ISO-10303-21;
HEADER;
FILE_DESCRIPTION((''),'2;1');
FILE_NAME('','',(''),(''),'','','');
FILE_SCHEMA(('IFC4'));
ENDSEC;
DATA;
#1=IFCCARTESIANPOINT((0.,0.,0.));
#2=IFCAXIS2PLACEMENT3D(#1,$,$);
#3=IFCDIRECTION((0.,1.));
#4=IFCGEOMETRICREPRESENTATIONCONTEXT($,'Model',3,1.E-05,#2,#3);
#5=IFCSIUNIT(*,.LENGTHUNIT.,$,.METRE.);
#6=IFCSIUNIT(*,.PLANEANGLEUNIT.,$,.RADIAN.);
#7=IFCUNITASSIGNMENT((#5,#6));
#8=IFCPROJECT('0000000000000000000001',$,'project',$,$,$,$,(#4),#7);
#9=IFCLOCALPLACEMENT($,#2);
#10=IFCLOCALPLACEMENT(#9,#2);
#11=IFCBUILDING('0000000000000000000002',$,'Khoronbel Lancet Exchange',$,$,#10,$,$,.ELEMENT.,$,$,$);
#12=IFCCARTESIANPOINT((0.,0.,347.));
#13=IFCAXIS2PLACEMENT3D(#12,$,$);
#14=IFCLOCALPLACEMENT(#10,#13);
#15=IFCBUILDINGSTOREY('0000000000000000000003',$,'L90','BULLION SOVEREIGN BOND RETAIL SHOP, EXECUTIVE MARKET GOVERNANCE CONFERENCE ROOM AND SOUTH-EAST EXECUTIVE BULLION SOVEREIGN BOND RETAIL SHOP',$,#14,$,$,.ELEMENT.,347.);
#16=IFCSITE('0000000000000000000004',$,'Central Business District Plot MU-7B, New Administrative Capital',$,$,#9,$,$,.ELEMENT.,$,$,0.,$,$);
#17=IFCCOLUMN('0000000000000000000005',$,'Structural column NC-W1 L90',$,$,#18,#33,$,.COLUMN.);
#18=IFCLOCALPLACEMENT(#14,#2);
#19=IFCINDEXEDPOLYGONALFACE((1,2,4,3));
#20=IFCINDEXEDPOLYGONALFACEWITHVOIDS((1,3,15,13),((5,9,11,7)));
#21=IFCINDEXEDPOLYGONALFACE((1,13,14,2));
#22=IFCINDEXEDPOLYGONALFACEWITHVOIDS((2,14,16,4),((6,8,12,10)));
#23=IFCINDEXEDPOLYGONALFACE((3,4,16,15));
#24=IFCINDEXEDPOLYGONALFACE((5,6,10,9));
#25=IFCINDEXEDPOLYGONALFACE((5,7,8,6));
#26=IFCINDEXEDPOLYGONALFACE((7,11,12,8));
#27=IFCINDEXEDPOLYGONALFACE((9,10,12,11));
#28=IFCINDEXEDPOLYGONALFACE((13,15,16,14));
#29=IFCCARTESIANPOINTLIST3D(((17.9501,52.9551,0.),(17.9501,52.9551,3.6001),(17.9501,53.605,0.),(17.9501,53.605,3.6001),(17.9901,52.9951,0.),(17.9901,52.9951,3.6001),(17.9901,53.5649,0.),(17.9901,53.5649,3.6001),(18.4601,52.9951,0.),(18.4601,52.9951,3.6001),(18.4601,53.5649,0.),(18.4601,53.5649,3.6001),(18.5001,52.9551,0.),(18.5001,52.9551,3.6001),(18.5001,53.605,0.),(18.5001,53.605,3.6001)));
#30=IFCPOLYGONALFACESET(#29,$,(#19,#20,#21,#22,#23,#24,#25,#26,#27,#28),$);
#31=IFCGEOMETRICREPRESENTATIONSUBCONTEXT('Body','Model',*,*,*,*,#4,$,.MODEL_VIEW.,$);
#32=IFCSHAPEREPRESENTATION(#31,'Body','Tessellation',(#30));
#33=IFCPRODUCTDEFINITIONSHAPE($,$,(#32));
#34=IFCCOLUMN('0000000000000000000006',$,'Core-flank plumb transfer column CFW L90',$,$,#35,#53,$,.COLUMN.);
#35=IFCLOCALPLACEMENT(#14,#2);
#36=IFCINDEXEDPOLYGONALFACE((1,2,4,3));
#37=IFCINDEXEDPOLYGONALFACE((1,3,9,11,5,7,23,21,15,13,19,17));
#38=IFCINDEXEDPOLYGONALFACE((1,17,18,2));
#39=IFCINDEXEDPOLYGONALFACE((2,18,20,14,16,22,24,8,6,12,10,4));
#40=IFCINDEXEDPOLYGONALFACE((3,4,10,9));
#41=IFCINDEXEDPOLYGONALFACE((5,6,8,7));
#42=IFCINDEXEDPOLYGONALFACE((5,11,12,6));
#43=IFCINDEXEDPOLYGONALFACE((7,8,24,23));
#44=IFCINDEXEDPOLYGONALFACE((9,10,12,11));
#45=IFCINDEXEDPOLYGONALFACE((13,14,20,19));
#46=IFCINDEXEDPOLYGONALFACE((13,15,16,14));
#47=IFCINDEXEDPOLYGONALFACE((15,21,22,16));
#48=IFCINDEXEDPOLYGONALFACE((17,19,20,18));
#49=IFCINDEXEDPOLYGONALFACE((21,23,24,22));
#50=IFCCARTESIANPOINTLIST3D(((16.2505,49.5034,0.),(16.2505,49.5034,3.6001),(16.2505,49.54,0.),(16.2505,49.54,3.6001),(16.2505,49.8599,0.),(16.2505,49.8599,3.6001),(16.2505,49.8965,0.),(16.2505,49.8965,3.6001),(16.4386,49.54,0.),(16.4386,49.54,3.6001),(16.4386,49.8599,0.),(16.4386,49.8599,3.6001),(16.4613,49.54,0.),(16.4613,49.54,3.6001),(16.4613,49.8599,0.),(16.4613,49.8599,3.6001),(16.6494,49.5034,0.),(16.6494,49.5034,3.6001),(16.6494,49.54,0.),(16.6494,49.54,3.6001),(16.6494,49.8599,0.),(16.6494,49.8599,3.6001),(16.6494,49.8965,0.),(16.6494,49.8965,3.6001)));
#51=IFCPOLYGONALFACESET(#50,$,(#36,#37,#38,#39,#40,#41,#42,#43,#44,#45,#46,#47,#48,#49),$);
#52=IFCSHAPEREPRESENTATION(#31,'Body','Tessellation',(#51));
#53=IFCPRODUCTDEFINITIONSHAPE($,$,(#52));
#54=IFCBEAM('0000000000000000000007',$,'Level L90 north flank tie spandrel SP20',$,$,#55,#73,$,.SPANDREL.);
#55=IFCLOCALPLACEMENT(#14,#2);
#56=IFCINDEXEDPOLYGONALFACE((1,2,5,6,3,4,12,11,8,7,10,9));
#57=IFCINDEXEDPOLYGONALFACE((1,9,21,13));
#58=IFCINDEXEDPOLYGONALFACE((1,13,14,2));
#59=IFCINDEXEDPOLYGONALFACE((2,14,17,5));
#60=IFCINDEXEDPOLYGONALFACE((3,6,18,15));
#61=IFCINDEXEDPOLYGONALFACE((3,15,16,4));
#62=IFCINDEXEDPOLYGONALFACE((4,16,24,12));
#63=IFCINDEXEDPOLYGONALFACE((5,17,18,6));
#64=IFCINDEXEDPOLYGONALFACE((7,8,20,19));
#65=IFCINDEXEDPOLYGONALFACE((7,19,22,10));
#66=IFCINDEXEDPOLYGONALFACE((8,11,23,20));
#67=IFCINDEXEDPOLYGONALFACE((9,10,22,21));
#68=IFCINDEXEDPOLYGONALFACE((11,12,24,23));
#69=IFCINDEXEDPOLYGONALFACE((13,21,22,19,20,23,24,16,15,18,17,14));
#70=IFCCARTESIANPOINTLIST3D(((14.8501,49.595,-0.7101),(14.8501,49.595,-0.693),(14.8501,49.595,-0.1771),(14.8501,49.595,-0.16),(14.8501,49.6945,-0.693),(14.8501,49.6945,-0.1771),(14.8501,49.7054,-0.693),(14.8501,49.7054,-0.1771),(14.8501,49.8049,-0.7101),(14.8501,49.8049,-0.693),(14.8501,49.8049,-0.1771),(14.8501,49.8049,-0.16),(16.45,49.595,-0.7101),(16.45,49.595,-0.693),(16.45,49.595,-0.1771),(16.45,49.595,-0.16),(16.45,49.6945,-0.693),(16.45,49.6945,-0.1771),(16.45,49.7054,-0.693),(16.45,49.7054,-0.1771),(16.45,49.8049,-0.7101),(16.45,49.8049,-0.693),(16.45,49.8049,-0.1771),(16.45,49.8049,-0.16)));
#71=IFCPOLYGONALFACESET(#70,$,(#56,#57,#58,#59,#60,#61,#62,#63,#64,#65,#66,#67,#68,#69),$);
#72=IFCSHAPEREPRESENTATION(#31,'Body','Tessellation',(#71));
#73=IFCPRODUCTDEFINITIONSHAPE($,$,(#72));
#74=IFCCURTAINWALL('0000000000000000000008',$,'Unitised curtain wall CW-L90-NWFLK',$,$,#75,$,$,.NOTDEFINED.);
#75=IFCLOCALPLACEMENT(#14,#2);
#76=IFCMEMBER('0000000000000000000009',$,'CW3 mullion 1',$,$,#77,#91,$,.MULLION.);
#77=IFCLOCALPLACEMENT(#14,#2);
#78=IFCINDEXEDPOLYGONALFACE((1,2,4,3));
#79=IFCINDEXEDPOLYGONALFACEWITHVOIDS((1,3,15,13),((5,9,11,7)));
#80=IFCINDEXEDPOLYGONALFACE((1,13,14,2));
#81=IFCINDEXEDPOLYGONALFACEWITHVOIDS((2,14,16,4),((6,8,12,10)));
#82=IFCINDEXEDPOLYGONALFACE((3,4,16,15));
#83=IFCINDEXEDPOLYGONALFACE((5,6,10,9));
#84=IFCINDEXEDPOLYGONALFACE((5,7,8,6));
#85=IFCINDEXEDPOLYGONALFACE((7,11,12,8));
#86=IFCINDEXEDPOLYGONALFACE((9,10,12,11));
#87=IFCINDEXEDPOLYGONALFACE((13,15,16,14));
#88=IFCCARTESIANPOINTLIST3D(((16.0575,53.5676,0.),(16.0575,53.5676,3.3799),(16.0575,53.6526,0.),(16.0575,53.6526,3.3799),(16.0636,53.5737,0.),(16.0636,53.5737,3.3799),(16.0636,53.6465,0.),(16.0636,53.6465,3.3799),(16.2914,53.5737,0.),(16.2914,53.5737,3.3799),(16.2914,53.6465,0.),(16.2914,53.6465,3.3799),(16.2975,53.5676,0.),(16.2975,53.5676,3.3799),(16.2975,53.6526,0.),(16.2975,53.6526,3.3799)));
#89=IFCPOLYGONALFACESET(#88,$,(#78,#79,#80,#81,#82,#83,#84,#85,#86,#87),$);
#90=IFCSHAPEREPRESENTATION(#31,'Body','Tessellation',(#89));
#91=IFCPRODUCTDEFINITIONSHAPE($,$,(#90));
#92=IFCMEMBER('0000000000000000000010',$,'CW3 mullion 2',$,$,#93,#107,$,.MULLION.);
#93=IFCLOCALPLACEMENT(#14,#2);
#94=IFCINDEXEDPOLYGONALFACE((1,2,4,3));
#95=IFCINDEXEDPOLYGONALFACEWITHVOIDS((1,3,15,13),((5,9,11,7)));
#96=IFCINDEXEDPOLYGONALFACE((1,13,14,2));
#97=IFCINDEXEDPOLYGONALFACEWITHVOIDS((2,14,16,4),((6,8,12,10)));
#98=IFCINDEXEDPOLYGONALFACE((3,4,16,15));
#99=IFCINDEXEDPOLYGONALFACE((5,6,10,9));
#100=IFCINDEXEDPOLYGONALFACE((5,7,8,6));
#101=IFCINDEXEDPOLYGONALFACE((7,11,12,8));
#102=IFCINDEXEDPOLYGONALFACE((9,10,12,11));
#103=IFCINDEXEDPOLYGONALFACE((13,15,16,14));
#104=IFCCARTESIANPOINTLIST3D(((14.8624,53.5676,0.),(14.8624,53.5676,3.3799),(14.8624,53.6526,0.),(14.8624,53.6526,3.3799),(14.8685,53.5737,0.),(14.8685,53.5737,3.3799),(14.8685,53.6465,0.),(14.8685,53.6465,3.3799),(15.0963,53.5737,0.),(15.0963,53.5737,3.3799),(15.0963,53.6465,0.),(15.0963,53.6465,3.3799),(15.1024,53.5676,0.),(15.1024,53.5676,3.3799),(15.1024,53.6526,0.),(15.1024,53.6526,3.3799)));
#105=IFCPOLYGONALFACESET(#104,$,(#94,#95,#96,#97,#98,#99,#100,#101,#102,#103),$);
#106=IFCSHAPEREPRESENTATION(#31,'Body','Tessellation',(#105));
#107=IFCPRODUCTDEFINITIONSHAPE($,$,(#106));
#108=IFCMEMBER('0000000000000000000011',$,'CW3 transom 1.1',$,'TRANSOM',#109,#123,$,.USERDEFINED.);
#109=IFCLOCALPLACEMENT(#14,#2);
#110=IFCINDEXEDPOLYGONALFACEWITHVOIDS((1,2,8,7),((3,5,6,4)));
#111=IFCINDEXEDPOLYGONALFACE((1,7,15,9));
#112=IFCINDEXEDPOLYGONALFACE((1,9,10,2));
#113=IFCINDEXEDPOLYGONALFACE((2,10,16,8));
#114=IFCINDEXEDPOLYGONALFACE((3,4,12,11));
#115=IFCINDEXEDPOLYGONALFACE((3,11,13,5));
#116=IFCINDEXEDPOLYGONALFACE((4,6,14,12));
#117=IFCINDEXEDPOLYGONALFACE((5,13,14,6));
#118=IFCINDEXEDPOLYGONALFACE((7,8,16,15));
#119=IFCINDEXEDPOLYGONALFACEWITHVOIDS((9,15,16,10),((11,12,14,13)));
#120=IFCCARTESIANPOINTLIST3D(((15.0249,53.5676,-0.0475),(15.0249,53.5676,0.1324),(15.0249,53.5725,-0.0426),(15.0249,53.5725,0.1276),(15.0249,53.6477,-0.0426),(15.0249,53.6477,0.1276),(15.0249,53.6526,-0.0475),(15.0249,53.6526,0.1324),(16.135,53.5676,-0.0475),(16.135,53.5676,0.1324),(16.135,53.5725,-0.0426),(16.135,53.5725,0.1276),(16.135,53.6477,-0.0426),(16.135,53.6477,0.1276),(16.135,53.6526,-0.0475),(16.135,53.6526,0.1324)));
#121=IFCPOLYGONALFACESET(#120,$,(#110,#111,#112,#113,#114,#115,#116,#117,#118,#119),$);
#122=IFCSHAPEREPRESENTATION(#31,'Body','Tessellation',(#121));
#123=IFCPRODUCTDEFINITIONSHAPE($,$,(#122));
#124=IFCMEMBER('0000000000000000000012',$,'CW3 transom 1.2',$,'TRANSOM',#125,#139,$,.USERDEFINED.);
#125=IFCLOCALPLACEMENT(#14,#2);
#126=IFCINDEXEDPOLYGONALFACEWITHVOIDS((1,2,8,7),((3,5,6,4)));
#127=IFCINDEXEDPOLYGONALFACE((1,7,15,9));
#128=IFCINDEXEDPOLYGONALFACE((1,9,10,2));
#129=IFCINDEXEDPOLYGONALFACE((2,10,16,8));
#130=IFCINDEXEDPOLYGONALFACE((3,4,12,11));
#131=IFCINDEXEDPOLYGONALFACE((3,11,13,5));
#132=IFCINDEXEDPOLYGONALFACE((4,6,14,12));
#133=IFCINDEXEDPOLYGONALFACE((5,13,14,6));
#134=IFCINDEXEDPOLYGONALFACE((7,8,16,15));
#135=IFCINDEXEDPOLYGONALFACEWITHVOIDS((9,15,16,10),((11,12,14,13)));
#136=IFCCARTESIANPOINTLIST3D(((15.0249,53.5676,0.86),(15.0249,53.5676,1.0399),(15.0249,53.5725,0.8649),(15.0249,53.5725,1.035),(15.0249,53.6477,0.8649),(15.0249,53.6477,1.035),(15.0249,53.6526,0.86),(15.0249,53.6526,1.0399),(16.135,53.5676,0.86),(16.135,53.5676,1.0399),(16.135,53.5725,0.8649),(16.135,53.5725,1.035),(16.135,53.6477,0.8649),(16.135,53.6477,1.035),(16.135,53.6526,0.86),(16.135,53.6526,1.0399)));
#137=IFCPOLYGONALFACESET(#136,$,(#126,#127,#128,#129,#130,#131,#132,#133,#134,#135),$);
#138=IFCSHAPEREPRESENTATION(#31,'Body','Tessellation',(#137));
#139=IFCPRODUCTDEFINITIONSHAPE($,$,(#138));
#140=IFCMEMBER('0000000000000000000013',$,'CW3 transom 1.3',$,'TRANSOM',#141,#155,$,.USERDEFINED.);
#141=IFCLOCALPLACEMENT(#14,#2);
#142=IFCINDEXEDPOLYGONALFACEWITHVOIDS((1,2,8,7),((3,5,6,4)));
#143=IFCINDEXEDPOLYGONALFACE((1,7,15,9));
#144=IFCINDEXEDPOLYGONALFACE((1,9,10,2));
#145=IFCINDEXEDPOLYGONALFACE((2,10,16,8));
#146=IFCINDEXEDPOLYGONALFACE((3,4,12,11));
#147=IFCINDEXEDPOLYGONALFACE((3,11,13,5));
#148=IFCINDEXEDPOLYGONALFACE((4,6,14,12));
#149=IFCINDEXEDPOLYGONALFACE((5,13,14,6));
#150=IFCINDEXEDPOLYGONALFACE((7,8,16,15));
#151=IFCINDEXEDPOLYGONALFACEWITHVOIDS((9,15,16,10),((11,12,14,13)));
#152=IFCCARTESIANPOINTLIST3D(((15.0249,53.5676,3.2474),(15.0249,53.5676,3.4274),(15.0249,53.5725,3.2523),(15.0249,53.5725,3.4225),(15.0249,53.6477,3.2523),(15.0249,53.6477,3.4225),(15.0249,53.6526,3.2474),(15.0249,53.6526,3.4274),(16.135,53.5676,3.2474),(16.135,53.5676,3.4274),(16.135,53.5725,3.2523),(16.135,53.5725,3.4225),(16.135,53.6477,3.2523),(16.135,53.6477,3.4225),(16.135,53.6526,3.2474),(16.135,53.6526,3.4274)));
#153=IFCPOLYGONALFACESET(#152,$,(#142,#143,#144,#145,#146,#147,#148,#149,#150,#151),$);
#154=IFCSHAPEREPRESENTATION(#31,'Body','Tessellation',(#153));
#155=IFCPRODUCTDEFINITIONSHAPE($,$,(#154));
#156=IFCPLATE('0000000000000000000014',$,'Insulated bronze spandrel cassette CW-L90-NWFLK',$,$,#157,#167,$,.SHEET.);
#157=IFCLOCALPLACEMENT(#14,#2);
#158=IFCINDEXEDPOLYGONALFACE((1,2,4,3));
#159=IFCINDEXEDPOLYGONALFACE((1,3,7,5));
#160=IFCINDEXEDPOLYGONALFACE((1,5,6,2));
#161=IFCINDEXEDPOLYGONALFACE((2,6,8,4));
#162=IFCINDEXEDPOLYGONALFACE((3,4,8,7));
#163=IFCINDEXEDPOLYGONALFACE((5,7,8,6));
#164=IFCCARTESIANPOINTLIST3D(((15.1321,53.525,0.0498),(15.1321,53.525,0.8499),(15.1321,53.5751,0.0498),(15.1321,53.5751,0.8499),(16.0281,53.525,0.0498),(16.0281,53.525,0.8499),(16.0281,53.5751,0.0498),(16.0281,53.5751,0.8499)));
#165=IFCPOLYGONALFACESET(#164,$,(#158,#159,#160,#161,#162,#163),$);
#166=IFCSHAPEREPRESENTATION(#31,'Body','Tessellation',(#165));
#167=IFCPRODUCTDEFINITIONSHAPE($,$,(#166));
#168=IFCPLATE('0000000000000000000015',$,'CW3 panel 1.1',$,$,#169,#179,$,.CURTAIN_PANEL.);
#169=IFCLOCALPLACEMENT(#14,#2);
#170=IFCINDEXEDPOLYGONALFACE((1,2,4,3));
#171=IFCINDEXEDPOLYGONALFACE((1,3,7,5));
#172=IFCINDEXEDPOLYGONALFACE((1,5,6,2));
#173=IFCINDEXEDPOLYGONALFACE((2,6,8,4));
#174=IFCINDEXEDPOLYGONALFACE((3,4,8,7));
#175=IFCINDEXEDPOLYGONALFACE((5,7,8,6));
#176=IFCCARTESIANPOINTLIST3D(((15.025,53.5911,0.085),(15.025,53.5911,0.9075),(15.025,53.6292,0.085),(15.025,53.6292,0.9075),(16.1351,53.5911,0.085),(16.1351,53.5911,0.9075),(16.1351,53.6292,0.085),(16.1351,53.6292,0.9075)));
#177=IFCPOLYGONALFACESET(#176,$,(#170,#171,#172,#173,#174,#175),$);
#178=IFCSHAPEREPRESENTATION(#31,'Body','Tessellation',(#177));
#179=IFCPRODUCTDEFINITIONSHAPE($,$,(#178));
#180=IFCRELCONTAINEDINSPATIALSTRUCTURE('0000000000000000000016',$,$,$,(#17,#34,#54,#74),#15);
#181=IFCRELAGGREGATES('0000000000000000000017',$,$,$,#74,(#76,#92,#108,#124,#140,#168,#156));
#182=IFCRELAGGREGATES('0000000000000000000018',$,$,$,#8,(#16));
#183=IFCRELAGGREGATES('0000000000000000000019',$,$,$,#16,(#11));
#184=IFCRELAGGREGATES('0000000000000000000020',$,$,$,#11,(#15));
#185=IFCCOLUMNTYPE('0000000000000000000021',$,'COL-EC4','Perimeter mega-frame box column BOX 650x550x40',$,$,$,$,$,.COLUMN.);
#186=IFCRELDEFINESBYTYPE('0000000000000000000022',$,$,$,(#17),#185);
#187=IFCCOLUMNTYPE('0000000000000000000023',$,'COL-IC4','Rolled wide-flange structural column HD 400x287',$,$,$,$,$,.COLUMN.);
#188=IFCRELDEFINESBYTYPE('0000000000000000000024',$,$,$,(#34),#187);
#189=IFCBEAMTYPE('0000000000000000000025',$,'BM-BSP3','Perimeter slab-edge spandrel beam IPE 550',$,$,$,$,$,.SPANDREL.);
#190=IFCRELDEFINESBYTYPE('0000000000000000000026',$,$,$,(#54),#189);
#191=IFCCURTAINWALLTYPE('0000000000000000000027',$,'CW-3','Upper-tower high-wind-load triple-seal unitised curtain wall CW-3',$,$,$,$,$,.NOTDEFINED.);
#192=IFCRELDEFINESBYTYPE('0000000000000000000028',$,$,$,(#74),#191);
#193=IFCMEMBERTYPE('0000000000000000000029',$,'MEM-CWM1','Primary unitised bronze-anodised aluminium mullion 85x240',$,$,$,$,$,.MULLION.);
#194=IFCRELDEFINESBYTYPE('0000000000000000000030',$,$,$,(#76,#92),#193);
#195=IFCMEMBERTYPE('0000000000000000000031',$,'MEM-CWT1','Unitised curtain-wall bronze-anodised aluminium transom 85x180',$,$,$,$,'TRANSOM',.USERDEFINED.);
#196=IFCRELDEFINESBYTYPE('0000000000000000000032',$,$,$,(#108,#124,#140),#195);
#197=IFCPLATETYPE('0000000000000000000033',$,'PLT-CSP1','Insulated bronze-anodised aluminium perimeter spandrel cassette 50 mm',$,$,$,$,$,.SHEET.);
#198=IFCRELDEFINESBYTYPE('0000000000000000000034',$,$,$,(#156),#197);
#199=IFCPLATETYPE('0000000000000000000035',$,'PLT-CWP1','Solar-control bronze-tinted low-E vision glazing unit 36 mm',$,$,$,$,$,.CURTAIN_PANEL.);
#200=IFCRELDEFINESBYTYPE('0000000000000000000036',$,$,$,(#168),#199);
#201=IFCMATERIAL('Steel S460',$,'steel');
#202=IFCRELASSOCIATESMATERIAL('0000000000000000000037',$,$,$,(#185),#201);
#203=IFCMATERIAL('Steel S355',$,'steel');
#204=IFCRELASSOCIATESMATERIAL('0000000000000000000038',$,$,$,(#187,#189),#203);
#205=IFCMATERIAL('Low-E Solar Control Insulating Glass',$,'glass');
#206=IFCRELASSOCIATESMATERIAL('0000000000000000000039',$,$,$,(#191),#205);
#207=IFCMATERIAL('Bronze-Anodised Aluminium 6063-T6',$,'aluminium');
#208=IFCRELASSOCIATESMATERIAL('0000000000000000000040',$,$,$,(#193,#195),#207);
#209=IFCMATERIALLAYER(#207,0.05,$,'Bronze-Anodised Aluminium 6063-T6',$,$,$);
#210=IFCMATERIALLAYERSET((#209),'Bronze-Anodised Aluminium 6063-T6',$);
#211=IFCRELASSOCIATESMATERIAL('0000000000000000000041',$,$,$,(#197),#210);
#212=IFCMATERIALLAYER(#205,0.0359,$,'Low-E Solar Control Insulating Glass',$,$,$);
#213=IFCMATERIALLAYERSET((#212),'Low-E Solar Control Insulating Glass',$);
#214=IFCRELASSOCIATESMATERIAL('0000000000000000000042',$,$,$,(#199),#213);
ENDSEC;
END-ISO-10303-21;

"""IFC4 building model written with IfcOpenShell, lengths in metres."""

from ifc_helpers import new_model, si_unit, direction, frame, origin, origin_2d, place, context, subcontext, project, spatial, rectangle, hollow_rectangle, i_section, extrude, material, layer, layer_set, material_profile, profile_set, type_object, element, aggregate, save


model = new_model("IFC4")

# Units and contexts
model_context = context("Model", 3, precision=1e-05, world=origin(), true_north=direction((0.0, 1.0)))
body_context = subcontext(model_context, "Body", "Model", "MODEL_VIEW")
ifc_project = project(units=[si_unit("LENGTHUNIT", "METRE"), si_unit("PLANEANGLEUNIT", "RADIAN")], contexts=[model_context])

# Site, building, storey
site_placement = place(None, origin())
site = spatial("IfcSite", under=ifc_project, at=site_placement, Name="Central Business District Plot MU-7B, New Administrative Capital", CompositionType="ELEMENT", RefElevation=0.0)
building_placement = place(site_placement, origin())
building = spatial("IfcBuilding", under=site, at=building_placement, Name="Khoronbel Lancet Exchange", CompositionType="ELEMENT")
storey_placement = place(building_placement, frame((0.0, 0.0, 347.0)))
storey = spatial("IfcBuildingStorey", under=building, at=storey_placement, Name="L90", Description="BULLION SOVEREIGN BOND RETAIL SHOP, EXECUTIVE MARKET GOVERNANCE CONFERENCE ROOM AND SOUTH-EAST EXECUTIVE BULLION SOVEREIGN BOND RETAIL SHOP", CompositionType="ELEMENT", Elevation=347.0)

# Columns
ifc_material_1 = material(Name="Steel S460", Category="steel")
ifc_material_profile_1 = material_profile(ifc_material_1, hollow_rectangle(XDim=0.55, YDim=0.6499, WallThickness=0.04, at=origin_2d()), Name="BOX 650x550x40")
ifc_profile_set_1 = profile_set([ifc_material_profile_1], Name="Steel S460")
column_type_1 = type_object("IfcColumnType", Name="COL-EC4", Description="Perimeter mega-frame box column BOX 650x550x40", PredefinedType="COLUMN", material=ifc_profile_set_1)
column_1_placement = place(storey_placement, frame((18.2251, 53.28, 0.0), z_axis=(0.0, 0.0, 1.0), x_axis=(1.0, 0.0, 0.0)))
element("IfcColumn", 1, at=column_1_placement, inside=storey, type_object=column_type_1, Name="Structural column NC-W1 L90", PredefinedType="COLUMN", context=body_context, shape_type="SweptSolid", body=[
    extrude(hollow_rectangle(XDim=0.55, YDim=0.6499, WallThickness=0.04, at=origin_2d()), origin(), (0.0, 0.0, 1.0), 3.6001),
])
ifc_material_2 = material(Name="Steel S355", Category="steel")
ifc_material_profile_2 = material_profile(ifc_material_2, i_section(OverallWidth=0.3989, OverallDepth=0.3931, WebThickness=0.0227, FlangeThickness=0.0366, at=origin_2d()), Name="HD 400x287")
ifc_profile_set_2 = profile_set([ifc_material_profile_2], Name="Steel S355")
column_type_2 = type_object("IfcColumnType", Name="COL-IC4", Description="Rolled wide-flange structural column HD 400x287", PredefinedType="COLUMN", material=ifc_profile_set_2)
column_2_placement = place(storey_placement, frame((16.45, 49.7, 0.0), z_axis=(0.0, 0.0, 1.0), x_axis=(1.0, 0.0, 0.0)))
element("IfcColumn", 2, at=column_2_placement, inside=storey, type_object=column_type_2, Name="Core-flank plumb transfer column CFW L90", PredefinedType="COLUMN", context=body_context, shape_type="SweptSolid", body=[
    extrude(i_section(OverallWidth=0.3989, OverallDepth=0.3931, WebThickness=0.0227, FlangeThickness=0.0366, at=origin_2d()), origin(), (0.0, 0.0, 1.0), 3.6001),
])

# Beam
ifc_material_profile_3 = material_profile(ifc_material_2, i_section(OverallWidth=0.21, OverallDepth=0.55, WebThickness=0.011, FlangeThickness=0.0171, at=origin_2d()), Name="IPE 550")
ifc_profile_set_3 = profile_set([ifc_material_profile_3], Name="Steel S355")
beam_type = type_object("IfcBeamType", Name="BM-BSP3", Description="Perimeter slab-edge spandrel beam IPE 550", PredefinedType="SPANDREL", material=ifc_profile_set_3)
beam_placement = place(storey_placement, frame((14.8501, 49.7, -0.4351), z_axis=(1.0, 0.0, 0.0), x_axis=(0.0, 1.0, 0.0)))
element("IfcBeam", 3, at=beam_placement, inside=storey, type_object=beam_type, Name="Level L90 north flank tie spandrel SP20", PredefinedType="SPANDREL", context=body_context, shape_type="SweptSolid", body=[
    extrude(i_section(OverallWidth=0.21, OverallDepth=0.55, WebThickness=0.011, FlangeThickness=0.0171, at=origin_2d()), origin(), (0.0, 0.0, 1.0), 1.5999),
])

# Curtain wall, members, plates
ifc_material_3 = material(Name="Low-E Solar Control Insulating Glass", Category="glass")
curtain_wall_type = type_object("IfcCurtainWallType", Name="CW-3", Description="Upper-tower high-wind-load triple-seal unitised curtain wall CW-3", PredefinedType="NOTDEFINED", material=ifc_material_3)
curtain_wall_placement = place(storey_placement, origin())
curtain_wall = element("IfcCurtainWall", 4, at=curtain_wall_placement, inside=storey, type_object=curtain_wall_type, Name="Unitised curtain wall CW-L90-NWFLK", PredefinedType="NOTDEFINED")
ifc_material_4 = material(Name="Bronze-Anodised Aluminium 6063-T6", Category="aluminium")
ifc_material_profile_4 = material_profile(ifc_material_4, hollow_rectangle(XDim=0.085, YDim=0.24, WallThickness=0.0061, at=origin_2d()), Name="ALU MULLION 85x240")
ifc_profile_set_4 = profile_set([ifc_material_profile_4], Name="Bronze-Anodised Aluminium 6063-T6")
member_type_1 = type_object("IfcMemberType", Name="MEM-CWM1", Description="Primary unitised bronze-anodised aluminium mullion 85x240", PredefinedType="MULLION", material=ifc_profile_set_4)
member_1_placement = place(storey_placement, frame((16.1775, 53.6101, 0.0), z_axis=(0.0, 0.0, 1.0), x_axis=(0.0, -1.0, 0.0)))
member_1 = element("IfcMember", 5, at=member_1_placement, type_object=member_type_1, Name="CW3 mullion 1", PredefinedType="MULLION", context=body_context, shape_type="SweptSolid", body=[
    extrude(hollow_rectangle(XDim=0.085, YDim=0.24, WallThickness=0.0061, at=origin_2d()), origin(), (0.0, 0.0, 1.0), 3.3799),
])
member_2_placement = place(storey_placement, frame((14.9824, 53.6101, 0.0), z_axis=(0.0, 0.0, 1.0), x_axis=(0.0, -1.0, 0.0)))
member_2 = element("IfcMember", 6, at=member_2_placement, type_object=member_type_1, Name="CW3 mullion 2", PredefinedType="MULLION", context=body_context, shape_type="SweptSolid", body=[
    extrude(hollow_rectangle(XDim=0.085, YDim=0.24, WallThickness=0.0061, at=origin_2d()), origin(), (0.0, 0.0, 1.0), 3.3799),
])
ifc_material_profile_5 = material_profile(ifc_material_4, hollow_rectangle(XDim=0.085, YDim=0.1799, WallThickness=0.0049, at=origin_2d()), Name="ALU TRANSOM 85x180")
ifc_profile_set_5 = profile_set([ifc_material_profile_5], Name="Bronze-Anodised Aluminium 6063-T6")
member_type_2 = type_object("IfcMemberType", Name="MEM-CWT1", Description="Unitised curtain-wall bronze-anodised aluminium transom 85x180", ElementType="TRANSOM", PredefinedType="USERDEFINED", material=ifc_profile_set_5)
member_3_placement = place(storey_placement, frame((16.135, 53.6101, 0.0425), z_axis=(-1.0, 0.0, 0.0), x_axis=(0.0, -1.0, 0.0)))
member_3 = element("IfcMember", 7, at=member_3_placement, type_object=member_type_2, Name="CW3 transom 1.1", ObjectType="TRANSOM", PredefinedType="USERDEFINED", context=body_context, shape_type="SweptSolid", body=[
    extrude(hollow_rectangle(XDim=0.085, YDim=0.1799, WallThickness=0.0049, at=origin_2d()), origin(), (0.0, 0.0, 1.0), 1.1101),
])
member_4_placement = place(storey_placement, frame((16.135, 53.6101, 0.95), z_axis=(-1.0, 0.0, 0.0), x_axis=(0.0, -1.0, 0.0)))
member_4 = element("IfcMember", 8, at=member_4_placement, type_object=member_type_2, Name="CW3 transom 1.2", ObjectType="TRANSOM", PredefinedType="USERDEFINED", context=body_context, shape_type="SweptSolid", body=[
    extrude(hollow_rectangle(XDim=0.085, YDim=0.1799, WallThickness=0.0049, at=origin_2d()), origin(), (0.0, 0.0, 1.0), 1.1101),
])
member_5_placement = place(storey_placement, frame((16.135, 53.6101, 3.3374), z_axis=(-1.0, 0.0, 0.0), x_axis=(0.0, -1.0, 0.0)))
member_5 = element("IfcMember", 9, at=member_5_placement, type_object=member_type_2, Name="CW3 transom 1.3", ObjectType="TRANSOM", PredefinedType="USERDEFINED", context=body_context, shape_type="SweptSolid", body=[
    extrude(hollow_rectangle(XDim=0.085, YDim=0.1799, WallThickness=0.0049, at=origin_2d()), origin(), (0.0, 0.0, 1.0), 1.1101),
])
ifc_layer_1 = layer(ifc_material_4, 0.05, Name="Bronze-Anodised Aluminium 6063-T6")
ifc_layer_set_1 = layer_set([ifc_layer_1], Name="Bronze-Anodised Aluminium 6063-T6")
plate_type_1 = type_object("IfcPlateType", Name="PLT-CSP1", Description="Insulated bronze-anodised aluminium perimeter spandrel cassette 50 mm", PredefinedType="SHEET", material=ifc_layer_set_1)
plate_1_placement = place(storey_placement, frame((15.5801, 53.55, 0.0498), z_axis=(0.0, 0.0, 1.0), x_axis=(-1.0, 0.0, 0.0)))
plate_1 = element("IfcPlate", 10, at=plate_1_placement, type_object=plate_type_1, Name="Insulated bronze spandrel cassette CW-L90-NWFLK", PredefinedType="SHEET", context=body_context, shape_type="SweptSolid", body=[
    extrude(rectangle(XDim=0.896, YDim=0.05, at=origin_2d()), origin(), (0.0, 0.0, 1.0), 0.8),
])
ifc_layer_2 = layer(ifc_material_3, 0.0359, Name="Low-E Solar Control Insulating Glass")
ifc_layer_set_2 = layer_set([ifc_layer_2], Name="Low-E Solar Control Insulating Glass")
plate_type_2 = type_object("IfcPlateType", Name="PLT-CWP1", Description="Solar-control bronze-tinted low-E vision glazing unit 36 mm", PredefinedType="CURTAIN_PANEL", material=ifc_layer_set_2)
plate_2_placement = place(storey_placement, frame((15.5801, 53.6101, 0.085), z_axis=(0.0, 0.0, 1.0), x_axis=(-1.0, 0.0, 0.0)))
plate_2 = element("IfcPlate", 11, at=plate_2_placement, type_object=plate_type_2, Name="CW3 panel 1.1", PredefinedType="CURTAIN_PANEL", context=body_context, shape_type="SweptSolid", body=[
    extrude(rectangle(XDim=1.1101, YDim=0.0381, at=origin_2d()), origin(), (0.0, 0.0, 1.0), 0.8225),
])
aggregate(curtain_wall, [member_1, member_2, member_3, member_4, member_5, plate_2, plate_1])

save(model, "model.ifc")
